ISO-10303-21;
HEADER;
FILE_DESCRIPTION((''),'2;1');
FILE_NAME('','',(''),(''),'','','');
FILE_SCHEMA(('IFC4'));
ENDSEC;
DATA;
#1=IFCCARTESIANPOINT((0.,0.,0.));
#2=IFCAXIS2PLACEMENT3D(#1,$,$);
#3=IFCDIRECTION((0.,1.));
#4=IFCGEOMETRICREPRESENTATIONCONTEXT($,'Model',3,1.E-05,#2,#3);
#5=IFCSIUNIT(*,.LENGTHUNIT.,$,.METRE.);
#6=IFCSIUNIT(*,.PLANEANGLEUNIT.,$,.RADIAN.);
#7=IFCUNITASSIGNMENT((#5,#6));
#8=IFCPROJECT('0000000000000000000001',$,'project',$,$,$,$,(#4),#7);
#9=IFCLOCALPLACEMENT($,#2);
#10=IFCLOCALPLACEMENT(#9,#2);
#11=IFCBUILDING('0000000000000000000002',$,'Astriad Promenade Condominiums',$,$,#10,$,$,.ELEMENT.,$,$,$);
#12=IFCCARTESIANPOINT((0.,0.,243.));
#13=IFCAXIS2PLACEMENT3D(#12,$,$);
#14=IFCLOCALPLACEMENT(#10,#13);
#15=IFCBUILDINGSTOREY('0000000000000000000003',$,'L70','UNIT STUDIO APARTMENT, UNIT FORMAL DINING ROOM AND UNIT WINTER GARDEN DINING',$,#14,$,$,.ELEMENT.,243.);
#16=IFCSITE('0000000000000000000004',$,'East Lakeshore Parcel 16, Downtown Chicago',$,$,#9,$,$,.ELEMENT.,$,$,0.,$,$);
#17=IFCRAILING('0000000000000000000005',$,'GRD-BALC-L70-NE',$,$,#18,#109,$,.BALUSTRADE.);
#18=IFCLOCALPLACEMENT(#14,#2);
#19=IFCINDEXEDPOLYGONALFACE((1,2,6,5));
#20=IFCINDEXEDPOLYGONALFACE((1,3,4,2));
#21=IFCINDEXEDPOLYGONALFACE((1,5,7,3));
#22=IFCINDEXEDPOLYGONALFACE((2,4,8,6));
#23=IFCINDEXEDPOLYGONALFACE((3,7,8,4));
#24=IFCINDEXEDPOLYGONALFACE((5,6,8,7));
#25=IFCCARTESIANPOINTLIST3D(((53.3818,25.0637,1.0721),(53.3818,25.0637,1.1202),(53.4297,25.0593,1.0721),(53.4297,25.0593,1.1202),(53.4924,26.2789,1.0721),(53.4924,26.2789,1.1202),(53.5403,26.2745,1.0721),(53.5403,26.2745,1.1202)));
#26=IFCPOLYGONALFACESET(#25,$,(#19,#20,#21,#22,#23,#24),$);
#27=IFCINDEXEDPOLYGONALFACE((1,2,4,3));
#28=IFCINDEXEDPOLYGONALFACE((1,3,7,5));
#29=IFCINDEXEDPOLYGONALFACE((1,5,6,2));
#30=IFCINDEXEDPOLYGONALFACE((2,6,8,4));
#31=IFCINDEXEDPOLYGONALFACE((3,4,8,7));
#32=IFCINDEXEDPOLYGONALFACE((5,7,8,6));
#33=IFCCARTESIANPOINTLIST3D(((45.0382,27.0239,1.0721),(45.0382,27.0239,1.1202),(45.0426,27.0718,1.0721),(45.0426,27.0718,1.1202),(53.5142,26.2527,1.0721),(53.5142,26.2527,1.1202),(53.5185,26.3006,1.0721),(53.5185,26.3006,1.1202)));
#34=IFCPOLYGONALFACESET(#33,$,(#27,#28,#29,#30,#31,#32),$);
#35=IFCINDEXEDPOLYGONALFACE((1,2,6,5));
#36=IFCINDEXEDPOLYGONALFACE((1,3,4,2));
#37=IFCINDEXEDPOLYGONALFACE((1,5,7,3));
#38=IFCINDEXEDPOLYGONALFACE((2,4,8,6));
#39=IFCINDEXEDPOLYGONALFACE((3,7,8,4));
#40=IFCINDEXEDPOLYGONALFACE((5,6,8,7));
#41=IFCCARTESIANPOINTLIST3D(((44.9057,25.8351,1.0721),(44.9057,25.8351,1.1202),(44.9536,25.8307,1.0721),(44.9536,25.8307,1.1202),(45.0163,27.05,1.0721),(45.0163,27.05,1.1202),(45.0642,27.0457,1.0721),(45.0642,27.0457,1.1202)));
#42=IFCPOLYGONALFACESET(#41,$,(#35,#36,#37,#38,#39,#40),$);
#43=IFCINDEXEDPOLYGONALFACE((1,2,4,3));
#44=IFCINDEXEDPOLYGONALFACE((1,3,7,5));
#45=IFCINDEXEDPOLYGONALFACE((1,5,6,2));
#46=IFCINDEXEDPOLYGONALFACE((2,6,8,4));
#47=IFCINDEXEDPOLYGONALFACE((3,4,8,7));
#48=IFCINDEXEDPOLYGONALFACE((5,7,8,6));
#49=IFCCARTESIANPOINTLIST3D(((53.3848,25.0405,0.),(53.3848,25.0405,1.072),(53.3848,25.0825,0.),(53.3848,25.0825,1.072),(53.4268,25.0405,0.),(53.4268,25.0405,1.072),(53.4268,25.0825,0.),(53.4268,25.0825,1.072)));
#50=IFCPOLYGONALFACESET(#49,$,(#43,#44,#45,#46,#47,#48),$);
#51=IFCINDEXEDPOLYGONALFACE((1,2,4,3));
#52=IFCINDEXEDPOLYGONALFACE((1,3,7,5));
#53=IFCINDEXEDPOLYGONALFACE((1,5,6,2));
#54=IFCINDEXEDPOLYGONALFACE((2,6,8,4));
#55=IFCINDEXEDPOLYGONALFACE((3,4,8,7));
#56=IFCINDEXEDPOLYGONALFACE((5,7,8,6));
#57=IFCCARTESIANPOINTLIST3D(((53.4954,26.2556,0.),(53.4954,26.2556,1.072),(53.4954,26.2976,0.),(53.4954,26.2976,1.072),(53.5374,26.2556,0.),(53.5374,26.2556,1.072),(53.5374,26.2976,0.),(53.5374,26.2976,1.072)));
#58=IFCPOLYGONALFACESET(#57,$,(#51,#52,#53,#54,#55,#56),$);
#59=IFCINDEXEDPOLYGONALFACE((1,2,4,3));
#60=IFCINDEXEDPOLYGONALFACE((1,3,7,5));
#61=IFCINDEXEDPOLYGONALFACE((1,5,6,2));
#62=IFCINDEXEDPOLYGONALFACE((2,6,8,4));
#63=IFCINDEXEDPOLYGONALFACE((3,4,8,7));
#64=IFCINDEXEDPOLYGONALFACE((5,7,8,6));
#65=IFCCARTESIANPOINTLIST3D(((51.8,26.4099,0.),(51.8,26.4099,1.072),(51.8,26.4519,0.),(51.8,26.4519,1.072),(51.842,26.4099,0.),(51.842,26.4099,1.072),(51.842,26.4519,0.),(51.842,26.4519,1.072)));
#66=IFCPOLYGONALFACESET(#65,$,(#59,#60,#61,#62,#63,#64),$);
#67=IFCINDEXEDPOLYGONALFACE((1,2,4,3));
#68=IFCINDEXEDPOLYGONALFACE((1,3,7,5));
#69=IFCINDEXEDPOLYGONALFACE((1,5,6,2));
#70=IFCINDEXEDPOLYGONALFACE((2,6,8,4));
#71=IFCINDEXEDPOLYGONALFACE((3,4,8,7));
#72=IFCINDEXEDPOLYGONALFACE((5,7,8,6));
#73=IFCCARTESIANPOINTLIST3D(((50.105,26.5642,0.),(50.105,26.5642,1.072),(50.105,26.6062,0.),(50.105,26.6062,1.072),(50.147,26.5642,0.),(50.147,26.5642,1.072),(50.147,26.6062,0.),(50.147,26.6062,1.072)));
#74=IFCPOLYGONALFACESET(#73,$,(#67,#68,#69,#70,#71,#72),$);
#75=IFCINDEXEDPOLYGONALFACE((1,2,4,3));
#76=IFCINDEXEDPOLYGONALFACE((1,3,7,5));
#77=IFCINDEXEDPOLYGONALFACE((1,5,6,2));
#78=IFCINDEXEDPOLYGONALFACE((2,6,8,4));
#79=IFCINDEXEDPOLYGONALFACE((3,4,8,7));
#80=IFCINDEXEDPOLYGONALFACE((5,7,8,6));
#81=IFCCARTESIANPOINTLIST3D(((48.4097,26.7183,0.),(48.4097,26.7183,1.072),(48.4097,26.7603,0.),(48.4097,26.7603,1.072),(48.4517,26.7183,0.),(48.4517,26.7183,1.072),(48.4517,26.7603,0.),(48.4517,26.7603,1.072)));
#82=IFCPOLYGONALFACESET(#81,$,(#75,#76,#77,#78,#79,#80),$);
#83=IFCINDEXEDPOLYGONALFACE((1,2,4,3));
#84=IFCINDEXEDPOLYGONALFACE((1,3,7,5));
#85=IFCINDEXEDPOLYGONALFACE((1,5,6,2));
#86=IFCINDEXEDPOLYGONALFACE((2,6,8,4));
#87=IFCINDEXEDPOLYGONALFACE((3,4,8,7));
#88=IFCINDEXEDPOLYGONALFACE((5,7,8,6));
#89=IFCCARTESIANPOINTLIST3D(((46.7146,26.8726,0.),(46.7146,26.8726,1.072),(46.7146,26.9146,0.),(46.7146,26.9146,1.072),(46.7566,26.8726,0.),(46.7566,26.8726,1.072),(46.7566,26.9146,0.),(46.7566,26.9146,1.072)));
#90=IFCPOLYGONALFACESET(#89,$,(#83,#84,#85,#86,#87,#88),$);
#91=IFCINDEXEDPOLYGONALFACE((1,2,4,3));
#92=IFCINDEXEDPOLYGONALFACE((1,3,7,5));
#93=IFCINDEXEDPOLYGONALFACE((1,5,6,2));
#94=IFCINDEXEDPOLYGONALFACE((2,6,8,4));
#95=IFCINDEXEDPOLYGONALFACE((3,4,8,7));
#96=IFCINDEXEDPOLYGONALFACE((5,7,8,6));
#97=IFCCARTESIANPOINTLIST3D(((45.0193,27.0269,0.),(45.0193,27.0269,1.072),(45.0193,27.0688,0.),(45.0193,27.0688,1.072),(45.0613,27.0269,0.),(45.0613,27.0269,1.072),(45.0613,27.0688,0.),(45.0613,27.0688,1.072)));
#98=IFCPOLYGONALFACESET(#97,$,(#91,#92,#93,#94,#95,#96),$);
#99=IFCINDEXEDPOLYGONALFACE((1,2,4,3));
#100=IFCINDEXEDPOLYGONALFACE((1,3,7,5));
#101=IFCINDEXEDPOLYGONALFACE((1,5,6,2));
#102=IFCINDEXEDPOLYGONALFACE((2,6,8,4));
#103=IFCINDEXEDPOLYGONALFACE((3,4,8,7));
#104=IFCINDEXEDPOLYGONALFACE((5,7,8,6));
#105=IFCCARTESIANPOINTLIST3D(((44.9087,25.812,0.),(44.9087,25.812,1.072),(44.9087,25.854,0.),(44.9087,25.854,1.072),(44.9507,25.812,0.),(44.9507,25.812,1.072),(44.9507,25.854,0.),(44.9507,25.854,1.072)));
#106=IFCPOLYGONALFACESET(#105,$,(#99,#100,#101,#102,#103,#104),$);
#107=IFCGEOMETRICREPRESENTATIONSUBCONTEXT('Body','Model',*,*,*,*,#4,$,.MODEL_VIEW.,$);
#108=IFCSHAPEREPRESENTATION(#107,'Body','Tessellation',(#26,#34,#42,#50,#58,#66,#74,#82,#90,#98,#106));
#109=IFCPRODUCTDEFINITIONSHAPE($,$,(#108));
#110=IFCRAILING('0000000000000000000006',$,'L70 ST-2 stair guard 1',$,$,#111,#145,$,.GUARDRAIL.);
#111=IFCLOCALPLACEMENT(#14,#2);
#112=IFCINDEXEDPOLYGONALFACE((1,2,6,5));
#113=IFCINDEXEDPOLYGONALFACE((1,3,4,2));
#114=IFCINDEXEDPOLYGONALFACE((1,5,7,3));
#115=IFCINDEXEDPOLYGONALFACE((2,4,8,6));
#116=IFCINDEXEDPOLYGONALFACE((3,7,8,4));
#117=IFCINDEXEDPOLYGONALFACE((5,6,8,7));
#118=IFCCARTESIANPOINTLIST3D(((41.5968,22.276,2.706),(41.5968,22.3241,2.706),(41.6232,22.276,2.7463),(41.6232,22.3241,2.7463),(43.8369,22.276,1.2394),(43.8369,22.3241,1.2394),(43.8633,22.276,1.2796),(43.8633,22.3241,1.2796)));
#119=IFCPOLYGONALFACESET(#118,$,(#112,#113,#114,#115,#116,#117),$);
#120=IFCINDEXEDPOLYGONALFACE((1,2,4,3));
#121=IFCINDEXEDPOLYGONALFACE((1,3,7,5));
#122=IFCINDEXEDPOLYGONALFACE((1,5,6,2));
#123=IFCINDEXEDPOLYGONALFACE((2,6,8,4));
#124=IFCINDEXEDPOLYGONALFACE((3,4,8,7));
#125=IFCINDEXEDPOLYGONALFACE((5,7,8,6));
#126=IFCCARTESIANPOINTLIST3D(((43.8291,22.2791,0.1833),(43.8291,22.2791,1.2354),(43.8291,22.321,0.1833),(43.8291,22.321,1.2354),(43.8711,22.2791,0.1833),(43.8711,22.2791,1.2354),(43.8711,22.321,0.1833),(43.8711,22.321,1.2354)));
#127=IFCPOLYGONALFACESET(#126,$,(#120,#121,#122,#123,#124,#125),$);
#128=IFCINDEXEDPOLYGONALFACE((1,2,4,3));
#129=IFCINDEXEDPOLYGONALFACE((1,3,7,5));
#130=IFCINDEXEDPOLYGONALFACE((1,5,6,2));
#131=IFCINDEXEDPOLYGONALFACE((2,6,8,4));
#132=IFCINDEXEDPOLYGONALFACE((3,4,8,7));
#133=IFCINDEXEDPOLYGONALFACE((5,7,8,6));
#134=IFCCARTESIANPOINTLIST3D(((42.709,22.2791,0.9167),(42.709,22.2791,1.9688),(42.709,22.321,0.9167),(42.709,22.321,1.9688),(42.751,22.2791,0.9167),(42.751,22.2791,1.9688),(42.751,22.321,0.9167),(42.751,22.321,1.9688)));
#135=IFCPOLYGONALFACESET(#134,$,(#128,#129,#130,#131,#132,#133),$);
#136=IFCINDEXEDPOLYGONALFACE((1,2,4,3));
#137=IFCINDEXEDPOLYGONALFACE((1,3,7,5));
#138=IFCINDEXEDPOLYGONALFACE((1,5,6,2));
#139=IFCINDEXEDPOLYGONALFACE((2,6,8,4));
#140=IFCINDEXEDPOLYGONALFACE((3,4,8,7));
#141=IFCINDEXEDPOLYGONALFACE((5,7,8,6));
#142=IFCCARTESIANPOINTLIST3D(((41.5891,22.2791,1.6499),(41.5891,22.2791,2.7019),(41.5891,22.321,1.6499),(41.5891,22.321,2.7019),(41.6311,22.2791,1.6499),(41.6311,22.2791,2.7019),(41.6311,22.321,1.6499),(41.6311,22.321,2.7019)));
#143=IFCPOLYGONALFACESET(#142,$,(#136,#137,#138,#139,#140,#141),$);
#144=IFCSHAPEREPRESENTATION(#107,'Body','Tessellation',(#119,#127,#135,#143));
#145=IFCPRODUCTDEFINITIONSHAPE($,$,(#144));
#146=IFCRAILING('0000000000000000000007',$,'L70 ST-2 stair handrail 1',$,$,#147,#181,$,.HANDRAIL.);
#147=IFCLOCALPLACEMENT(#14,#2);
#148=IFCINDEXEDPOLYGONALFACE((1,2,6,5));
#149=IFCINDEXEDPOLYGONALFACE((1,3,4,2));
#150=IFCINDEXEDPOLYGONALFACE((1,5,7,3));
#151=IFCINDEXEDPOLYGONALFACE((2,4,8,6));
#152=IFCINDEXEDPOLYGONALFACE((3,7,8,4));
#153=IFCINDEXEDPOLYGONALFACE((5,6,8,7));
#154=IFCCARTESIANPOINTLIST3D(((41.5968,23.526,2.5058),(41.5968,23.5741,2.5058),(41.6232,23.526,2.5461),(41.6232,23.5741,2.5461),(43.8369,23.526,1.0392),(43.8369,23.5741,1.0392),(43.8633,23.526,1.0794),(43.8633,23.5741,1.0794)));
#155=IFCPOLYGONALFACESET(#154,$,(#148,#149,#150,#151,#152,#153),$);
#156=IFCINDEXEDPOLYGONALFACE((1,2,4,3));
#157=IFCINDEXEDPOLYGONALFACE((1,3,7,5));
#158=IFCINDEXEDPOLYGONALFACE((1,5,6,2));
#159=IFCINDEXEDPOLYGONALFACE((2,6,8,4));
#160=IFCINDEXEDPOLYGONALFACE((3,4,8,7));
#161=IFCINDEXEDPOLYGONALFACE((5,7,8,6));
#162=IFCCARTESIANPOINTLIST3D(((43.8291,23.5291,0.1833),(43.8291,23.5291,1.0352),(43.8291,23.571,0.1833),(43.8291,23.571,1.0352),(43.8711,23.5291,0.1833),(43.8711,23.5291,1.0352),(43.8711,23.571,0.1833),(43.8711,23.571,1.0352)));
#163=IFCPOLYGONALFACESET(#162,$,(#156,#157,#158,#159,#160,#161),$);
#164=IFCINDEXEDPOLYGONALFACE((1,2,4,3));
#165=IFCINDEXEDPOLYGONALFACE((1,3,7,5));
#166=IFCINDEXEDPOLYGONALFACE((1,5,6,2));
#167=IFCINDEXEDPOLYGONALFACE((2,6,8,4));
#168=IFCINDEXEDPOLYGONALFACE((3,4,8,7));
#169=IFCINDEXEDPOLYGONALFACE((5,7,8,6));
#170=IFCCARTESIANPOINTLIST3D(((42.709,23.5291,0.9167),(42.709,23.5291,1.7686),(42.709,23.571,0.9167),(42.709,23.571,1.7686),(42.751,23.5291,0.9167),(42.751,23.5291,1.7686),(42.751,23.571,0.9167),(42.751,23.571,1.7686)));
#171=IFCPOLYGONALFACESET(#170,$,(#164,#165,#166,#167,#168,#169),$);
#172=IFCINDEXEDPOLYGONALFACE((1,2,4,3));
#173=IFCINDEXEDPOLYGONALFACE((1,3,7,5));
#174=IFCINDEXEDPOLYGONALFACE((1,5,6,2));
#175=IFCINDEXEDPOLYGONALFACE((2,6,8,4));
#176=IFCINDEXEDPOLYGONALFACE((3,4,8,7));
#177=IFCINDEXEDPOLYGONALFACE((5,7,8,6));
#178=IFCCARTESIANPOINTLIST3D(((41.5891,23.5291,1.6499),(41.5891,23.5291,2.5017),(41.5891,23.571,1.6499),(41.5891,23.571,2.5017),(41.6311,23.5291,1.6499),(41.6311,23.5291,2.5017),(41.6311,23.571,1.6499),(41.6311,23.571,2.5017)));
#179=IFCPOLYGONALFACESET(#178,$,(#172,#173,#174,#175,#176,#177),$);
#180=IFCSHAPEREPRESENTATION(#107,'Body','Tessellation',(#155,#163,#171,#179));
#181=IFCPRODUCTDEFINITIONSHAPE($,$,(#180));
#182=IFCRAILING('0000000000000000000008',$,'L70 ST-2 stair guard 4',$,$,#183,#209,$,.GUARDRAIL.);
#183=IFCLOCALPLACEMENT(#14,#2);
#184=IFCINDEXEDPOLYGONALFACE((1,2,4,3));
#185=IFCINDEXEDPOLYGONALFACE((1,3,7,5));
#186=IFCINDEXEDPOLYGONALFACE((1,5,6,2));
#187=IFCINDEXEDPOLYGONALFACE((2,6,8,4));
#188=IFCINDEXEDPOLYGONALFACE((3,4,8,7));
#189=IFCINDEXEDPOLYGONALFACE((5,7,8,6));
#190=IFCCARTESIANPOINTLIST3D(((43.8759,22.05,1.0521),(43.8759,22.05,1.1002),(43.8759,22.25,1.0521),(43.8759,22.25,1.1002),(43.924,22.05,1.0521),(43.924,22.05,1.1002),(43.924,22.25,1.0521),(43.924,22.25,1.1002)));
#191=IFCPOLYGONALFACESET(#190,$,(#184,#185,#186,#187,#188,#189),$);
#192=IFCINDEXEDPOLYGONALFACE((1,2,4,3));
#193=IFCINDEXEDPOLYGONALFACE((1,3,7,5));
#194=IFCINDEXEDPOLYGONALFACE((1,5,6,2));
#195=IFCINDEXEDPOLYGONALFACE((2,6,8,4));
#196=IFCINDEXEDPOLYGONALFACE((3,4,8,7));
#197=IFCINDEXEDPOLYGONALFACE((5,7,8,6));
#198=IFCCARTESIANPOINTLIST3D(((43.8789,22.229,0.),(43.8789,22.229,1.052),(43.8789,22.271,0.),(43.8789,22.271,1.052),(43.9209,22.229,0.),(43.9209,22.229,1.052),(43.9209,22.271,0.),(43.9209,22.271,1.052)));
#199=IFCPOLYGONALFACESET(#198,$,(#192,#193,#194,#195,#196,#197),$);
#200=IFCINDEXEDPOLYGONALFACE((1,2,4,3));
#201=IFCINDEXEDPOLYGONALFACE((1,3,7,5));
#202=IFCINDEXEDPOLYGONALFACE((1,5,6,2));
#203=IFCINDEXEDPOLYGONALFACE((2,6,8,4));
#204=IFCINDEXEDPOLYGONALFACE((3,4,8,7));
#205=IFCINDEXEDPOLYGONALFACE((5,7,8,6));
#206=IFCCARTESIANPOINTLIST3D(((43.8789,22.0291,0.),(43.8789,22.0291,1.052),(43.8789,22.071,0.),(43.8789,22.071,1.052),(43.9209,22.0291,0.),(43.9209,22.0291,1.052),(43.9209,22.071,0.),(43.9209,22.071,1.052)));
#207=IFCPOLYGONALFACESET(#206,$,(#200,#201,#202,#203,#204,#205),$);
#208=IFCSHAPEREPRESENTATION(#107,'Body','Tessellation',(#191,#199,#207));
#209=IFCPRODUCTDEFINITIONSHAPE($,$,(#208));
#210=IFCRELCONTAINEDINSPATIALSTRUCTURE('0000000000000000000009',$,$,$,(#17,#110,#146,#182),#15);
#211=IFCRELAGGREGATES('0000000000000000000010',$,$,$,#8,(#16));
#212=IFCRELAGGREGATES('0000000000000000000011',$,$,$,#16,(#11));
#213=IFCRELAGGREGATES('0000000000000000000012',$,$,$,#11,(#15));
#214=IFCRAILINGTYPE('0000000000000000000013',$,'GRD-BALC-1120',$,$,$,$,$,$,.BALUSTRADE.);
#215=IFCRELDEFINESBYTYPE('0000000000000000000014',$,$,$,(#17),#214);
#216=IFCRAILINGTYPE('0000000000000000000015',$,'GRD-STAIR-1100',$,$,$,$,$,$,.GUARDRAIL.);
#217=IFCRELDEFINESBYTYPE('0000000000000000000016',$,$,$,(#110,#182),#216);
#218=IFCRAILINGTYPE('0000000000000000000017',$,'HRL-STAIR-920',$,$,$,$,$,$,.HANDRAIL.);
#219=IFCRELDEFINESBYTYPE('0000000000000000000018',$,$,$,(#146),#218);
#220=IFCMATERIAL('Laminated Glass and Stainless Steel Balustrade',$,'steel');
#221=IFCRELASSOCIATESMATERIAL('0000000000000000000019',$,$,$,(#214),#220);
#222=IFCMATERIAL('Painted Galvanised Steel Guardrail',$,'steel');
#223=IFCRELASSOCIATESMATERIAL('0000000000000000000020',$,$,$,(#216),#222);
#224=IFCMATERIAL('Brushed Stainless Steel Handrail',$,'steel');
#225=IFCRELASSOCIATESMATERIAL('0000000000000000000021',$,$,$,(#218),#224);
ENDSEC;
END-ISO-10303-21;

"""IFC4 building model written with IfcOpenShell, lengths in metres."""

from ifc_helpers import new_model, si_unit, direction, frame, origin, origin_2d, place, context, subcontext, project, spatial, rectangle, extrude, source, transform, mapped, material, type_object, type_shapes, element, save


model = new_model("IFC4")

# Units and contexts
model_context = context("Model", 3, precision=1e-05, world=origin(), true_north=direction((0.0, 1.0)))
body_context = subcontext(model_context, "Body", "Model", "MODEL_VIEW")
ifc_project = project(units=[si_unit("LENGTHUNIT", "METRE"), si_unit("PLANEANGLEUNIT", "RADIAN")], contexts=[model_context])

# Site, building, storey
site_placement = place(None, origin())
site = spatial("IfcSite", under=ifc_project, at=site_placement, Name="East Lakeshore Parcel 16, Downtown Chicago", CompositionType="ELEMENT", RefElevation=0.0)
building_placement = place(site_placement, origin())
building = spatial("IfcBuilding", under=site, at=building_placement, Name="Astriad Promenade Condominiums", CompositionType="ELEMENT")
storey_placement = place(building_placement, frame((0.0, 0.0, 243.0)))
storey = spatial("IfcBuildingStorey", under=building, at=storey_placement, Name="L70", Description="UNIT STUDIO APARTMENT, UNIT FORMAL DINING ROOM AND UNIT WINTER GARDEN DINING", CompositionType="ELEMENT", Elevation=243.0)

# Railings
ifc_material_1 = material(Name="Laminated Glass and Stainless Steel Balustrade", Category="steel")
railing_type_1 = type_object("IfcRailingType", Name="GRD-BALC-1120", PredefinedType="BALUSTRADE", material=ifc_material_1)
shared_shape_1 = source(origin(), body_context, "Body", "SweptSolid", [
    extrude(rectangle(XDim=0.0481, YDim=0.0481, at=origin_2d()), frame((0.0, 0.0, 1.0962), z_axis=(0.090644, 0.995883, 0.0), x_axis=(-0.995883, 0.090644, 0.0)), (0.0, 0.0, 1.0), 1.2202),
    extrude(rectangle(XDim=0.0481, YDim=0.0481, at=origin_2d()), frame((0.1106, 1.2151, 1.0962), z_axis=(-0.995886, 0.090616, 0.0), x_axis=(-0.090616, -0.995886, 0.0)), (0.0, 0.0, 1.0), 8.511),
    extrude(rectangle(XDim=0.0481, YDim=0.0481, at=origin_2d()), frame((-8.3655, 1.9863, 1.0962), z_axis=(-0.090662, -0.995882, 0.0), x_axis=(0.995882, -0.090662, 0.0)), (0.0, 0.0, 1.0), 1.22),
    extrude(rectangle(XDim=0.042, YDim=0.042, at=origin_2d()), origin(), (0.0, 0.0, 1.0), 1.072),
    extrude(rectangle(XDim=0.042, YDim=0.042, at=origin_2d()), frame((0.1106, 1.2151, 0.0)), (0.0, 0.0, 1.0), 1.072),
    extrude(rectangle(XDim=0.042, YDim=0.042, at=origin_2d()), frame((-1.5847, 1.3694, 0.0)), (0.0, 0.0, 1.0), 1.072),
    extrude(rectangle(XDim=0.042, YDim=0.042, at=origin_2d()), frame((-3.2798, 1.5237, 0.0)), (0.0, 0.0, 1.0), 1.072),
    extrude(rectangle(XDim=0.042, YDim=0.042, at=origin_2d()), frame((-4.9751, 1.6777, 0.0)), (0.0, 0.0, 1.0), 1.072),
    extrude(rectangle(XDim=0.042, YDim=0.042, at=origin_2d()), frame((-6.6702, 1.832, 0.0)), (0.0, 0.0, 1.0), 1.072),
    extrude(rectangle(XDim=0.042, YDim=0.042, at=origin_2d()), frame((-8.3655, 1.9863, 0.0)), (0.0, 0.0, 1.0), 1.072),
    extrude(rectangle(XDim=0.042, YDim=0.042, at=origin_2d()), frame((-8.4761, 0.7715, 0.0)), (0.0, 0.0, 1.0), 1.072),
])
type_shapes(railing_type_1, [shared_shape_1])
railing_1_placement = place(storey_placement, frame((53.4058, 25.0615, 0.0)))
element("IfcRailing", 1, at=railing_1_placement, inside=storey, type_object=railing_type_1, Name="GRD-BALC-L70-NE", PredefinedType="BALUSTRADE", context=body_context, shape_type="MappedRepresentation", body=[
    mapped(shared_shape_1, transform((0.0, 0.0, 0.0), scale=1.0)),
])
ifc_material_2 = material(Name="Painted Galvanised Steel Guardrail", Category="steel")
railing_type_2 = type_object("IfcRailingType", Name="GRD-STAIR-1100", PredefinedType="GUARDRAIL", material=ifc_material_2)
shared_shape_2 = source(origin(), body_context, "Body", "SweptSolid", [
    extrude(rectangle(XDim=0.0481, YDim=0.0481, at=origin_2d()), frame((0.0, 0.0, 1.0762), z_axis=(-0.836637, 0.0, 0.547758), x_axis=(0.0, -1.0, 0.0)), (0.0, 0.0, 1.0), 2.6775),
    extrude(rectangle(XDim=0.042, YDim=0.042, at=origin_2d()), origin(), (0.0, 0.0, 1.0), 1.052),
    extrude(rectangle(XDim=0.042, YDim=0.042, at=origin_2d()), frame((-1.1201, 0.0, 0.7334)), (0.0, 0.0, 1.0), 1.052),
    extrude(rectangle(XDim=0.042, YDim=0.042, at=origin_2d()), frame((-2.24, 0.0, 1.4666)), (0.0, 0.0, 1.0), 1.052),
])
railing_2_placement = place(storey_placement, frame((43.8501, 22.3, 0.1833)))
element("IfcRailing", 2, at=railing_2_placement, inside=storey, type_object=railing_type_2, Name="L70 ST-2 stair guard 1", PredefinedType="GUARDRAIL", context=body_context, shape_type="MappedRepresentation", body=[
    mapped(shared_shape_2, transform((0.0, 0.0, 0.0), scale=1.0)),
])
ifc_material_3 = material(Name="Brushed Stainless Steel Handrail", Category="steel")
railing_type_3 = type_object("IfcRailingType", Name="HRL-STAIR-920", PredefinedType="HANDRAIL", material=ifc_material_3)
shared_shape_3 = source(origin(), body_context, "Body", "SweptSolid", [
    extrude(rectangle(XDim=0.0481, YDim=0.0481, at=origin_2d()), frame((0.0, 0.0, 0.876), z_axis=(-0.836637, 0.0, 0.547758), x_axis=(0.0, -1.0, 0.0)), (0.0, 0.0, 1.0), 2.6775),
    extrude(rectangle(XDim=0.042, YDim=0.042, at=origin_2d()), origin(), (0.0, 0.0, 1.0), 0.8518),
    extrude(rectangle(XDim=0.042, YDim=0.042, at=origin_2d()), frame((-1.1201, 0.0, 0.7334)), (0.0, 0.0, 1.0), 0.8518),
    extrude(rectangle(XDim=0.042, YDim=0.042, at=origin_2d()), frame((-2.24, 0.0, 1.4666)), (0.0, 0.0, 1.0), 0.8518),
])
type_shapes(railing_type_3, [shared_shape_3])
railing_3_placement = place(storey_placement, frame((43.8501, 23.55, 0.1833)))
element("IfcRailing", 3, at=railing_3_placement, inside=storey, type_object=railing_type_3, Name="L70 ST-2 stair handrail 1", PredefinedType="HANDRAIL", context=body_context, shape_type="MappedRepresentation", body=[
    mapped(shared_shape_3, transform((0.0, 0.0, 0.0), scale=1.0)),
])
shared_shape_4 = source(origin(), body_context, "Body", "SweptSolid", [
    extrude(rectangle(XDim=0.0481, YDim=0.0481, at=origin_2d()), frame((0.0, 0.0, 1.0762), z_axis=(0.0, -1.0, 0.0), x_axis=(1.0, 0.0, 0.0)), (0.0, 0.0, 1.0), 0.2),
    extrude(rectangle(XDim=0.042, YDim=0.042, at=origin_2d()), origin(), (0.0, 0.0, 1.0), 1.052),
    extrude(rectangle(XDim=0.042, YDim=0.042, at=origin_2d()), frame((0.0, -0.2, 0.0)), (0.0, 0.0, 1.0), 1.052),
])
type_shapes(railing_type_2, [shared_shape_2, shared_shape_4])
railing_4_placement = place(storey_placement, frame((43.8999, 22.25, 0.0)))
element("IfcRailing", 4, at=railing_4_placement, inside=storey, type_object=railing_type_2, Name="L70 ST-2 stair guard 4", PredefinedType="GUARDRAIL", context=body_context, shape_type="MappedRepresentation", body=[
    mapped(shared_shape_4, transform((0.0, 0.0, 0.0), scale=1.0)),
])

save(model, "model.ifc")
